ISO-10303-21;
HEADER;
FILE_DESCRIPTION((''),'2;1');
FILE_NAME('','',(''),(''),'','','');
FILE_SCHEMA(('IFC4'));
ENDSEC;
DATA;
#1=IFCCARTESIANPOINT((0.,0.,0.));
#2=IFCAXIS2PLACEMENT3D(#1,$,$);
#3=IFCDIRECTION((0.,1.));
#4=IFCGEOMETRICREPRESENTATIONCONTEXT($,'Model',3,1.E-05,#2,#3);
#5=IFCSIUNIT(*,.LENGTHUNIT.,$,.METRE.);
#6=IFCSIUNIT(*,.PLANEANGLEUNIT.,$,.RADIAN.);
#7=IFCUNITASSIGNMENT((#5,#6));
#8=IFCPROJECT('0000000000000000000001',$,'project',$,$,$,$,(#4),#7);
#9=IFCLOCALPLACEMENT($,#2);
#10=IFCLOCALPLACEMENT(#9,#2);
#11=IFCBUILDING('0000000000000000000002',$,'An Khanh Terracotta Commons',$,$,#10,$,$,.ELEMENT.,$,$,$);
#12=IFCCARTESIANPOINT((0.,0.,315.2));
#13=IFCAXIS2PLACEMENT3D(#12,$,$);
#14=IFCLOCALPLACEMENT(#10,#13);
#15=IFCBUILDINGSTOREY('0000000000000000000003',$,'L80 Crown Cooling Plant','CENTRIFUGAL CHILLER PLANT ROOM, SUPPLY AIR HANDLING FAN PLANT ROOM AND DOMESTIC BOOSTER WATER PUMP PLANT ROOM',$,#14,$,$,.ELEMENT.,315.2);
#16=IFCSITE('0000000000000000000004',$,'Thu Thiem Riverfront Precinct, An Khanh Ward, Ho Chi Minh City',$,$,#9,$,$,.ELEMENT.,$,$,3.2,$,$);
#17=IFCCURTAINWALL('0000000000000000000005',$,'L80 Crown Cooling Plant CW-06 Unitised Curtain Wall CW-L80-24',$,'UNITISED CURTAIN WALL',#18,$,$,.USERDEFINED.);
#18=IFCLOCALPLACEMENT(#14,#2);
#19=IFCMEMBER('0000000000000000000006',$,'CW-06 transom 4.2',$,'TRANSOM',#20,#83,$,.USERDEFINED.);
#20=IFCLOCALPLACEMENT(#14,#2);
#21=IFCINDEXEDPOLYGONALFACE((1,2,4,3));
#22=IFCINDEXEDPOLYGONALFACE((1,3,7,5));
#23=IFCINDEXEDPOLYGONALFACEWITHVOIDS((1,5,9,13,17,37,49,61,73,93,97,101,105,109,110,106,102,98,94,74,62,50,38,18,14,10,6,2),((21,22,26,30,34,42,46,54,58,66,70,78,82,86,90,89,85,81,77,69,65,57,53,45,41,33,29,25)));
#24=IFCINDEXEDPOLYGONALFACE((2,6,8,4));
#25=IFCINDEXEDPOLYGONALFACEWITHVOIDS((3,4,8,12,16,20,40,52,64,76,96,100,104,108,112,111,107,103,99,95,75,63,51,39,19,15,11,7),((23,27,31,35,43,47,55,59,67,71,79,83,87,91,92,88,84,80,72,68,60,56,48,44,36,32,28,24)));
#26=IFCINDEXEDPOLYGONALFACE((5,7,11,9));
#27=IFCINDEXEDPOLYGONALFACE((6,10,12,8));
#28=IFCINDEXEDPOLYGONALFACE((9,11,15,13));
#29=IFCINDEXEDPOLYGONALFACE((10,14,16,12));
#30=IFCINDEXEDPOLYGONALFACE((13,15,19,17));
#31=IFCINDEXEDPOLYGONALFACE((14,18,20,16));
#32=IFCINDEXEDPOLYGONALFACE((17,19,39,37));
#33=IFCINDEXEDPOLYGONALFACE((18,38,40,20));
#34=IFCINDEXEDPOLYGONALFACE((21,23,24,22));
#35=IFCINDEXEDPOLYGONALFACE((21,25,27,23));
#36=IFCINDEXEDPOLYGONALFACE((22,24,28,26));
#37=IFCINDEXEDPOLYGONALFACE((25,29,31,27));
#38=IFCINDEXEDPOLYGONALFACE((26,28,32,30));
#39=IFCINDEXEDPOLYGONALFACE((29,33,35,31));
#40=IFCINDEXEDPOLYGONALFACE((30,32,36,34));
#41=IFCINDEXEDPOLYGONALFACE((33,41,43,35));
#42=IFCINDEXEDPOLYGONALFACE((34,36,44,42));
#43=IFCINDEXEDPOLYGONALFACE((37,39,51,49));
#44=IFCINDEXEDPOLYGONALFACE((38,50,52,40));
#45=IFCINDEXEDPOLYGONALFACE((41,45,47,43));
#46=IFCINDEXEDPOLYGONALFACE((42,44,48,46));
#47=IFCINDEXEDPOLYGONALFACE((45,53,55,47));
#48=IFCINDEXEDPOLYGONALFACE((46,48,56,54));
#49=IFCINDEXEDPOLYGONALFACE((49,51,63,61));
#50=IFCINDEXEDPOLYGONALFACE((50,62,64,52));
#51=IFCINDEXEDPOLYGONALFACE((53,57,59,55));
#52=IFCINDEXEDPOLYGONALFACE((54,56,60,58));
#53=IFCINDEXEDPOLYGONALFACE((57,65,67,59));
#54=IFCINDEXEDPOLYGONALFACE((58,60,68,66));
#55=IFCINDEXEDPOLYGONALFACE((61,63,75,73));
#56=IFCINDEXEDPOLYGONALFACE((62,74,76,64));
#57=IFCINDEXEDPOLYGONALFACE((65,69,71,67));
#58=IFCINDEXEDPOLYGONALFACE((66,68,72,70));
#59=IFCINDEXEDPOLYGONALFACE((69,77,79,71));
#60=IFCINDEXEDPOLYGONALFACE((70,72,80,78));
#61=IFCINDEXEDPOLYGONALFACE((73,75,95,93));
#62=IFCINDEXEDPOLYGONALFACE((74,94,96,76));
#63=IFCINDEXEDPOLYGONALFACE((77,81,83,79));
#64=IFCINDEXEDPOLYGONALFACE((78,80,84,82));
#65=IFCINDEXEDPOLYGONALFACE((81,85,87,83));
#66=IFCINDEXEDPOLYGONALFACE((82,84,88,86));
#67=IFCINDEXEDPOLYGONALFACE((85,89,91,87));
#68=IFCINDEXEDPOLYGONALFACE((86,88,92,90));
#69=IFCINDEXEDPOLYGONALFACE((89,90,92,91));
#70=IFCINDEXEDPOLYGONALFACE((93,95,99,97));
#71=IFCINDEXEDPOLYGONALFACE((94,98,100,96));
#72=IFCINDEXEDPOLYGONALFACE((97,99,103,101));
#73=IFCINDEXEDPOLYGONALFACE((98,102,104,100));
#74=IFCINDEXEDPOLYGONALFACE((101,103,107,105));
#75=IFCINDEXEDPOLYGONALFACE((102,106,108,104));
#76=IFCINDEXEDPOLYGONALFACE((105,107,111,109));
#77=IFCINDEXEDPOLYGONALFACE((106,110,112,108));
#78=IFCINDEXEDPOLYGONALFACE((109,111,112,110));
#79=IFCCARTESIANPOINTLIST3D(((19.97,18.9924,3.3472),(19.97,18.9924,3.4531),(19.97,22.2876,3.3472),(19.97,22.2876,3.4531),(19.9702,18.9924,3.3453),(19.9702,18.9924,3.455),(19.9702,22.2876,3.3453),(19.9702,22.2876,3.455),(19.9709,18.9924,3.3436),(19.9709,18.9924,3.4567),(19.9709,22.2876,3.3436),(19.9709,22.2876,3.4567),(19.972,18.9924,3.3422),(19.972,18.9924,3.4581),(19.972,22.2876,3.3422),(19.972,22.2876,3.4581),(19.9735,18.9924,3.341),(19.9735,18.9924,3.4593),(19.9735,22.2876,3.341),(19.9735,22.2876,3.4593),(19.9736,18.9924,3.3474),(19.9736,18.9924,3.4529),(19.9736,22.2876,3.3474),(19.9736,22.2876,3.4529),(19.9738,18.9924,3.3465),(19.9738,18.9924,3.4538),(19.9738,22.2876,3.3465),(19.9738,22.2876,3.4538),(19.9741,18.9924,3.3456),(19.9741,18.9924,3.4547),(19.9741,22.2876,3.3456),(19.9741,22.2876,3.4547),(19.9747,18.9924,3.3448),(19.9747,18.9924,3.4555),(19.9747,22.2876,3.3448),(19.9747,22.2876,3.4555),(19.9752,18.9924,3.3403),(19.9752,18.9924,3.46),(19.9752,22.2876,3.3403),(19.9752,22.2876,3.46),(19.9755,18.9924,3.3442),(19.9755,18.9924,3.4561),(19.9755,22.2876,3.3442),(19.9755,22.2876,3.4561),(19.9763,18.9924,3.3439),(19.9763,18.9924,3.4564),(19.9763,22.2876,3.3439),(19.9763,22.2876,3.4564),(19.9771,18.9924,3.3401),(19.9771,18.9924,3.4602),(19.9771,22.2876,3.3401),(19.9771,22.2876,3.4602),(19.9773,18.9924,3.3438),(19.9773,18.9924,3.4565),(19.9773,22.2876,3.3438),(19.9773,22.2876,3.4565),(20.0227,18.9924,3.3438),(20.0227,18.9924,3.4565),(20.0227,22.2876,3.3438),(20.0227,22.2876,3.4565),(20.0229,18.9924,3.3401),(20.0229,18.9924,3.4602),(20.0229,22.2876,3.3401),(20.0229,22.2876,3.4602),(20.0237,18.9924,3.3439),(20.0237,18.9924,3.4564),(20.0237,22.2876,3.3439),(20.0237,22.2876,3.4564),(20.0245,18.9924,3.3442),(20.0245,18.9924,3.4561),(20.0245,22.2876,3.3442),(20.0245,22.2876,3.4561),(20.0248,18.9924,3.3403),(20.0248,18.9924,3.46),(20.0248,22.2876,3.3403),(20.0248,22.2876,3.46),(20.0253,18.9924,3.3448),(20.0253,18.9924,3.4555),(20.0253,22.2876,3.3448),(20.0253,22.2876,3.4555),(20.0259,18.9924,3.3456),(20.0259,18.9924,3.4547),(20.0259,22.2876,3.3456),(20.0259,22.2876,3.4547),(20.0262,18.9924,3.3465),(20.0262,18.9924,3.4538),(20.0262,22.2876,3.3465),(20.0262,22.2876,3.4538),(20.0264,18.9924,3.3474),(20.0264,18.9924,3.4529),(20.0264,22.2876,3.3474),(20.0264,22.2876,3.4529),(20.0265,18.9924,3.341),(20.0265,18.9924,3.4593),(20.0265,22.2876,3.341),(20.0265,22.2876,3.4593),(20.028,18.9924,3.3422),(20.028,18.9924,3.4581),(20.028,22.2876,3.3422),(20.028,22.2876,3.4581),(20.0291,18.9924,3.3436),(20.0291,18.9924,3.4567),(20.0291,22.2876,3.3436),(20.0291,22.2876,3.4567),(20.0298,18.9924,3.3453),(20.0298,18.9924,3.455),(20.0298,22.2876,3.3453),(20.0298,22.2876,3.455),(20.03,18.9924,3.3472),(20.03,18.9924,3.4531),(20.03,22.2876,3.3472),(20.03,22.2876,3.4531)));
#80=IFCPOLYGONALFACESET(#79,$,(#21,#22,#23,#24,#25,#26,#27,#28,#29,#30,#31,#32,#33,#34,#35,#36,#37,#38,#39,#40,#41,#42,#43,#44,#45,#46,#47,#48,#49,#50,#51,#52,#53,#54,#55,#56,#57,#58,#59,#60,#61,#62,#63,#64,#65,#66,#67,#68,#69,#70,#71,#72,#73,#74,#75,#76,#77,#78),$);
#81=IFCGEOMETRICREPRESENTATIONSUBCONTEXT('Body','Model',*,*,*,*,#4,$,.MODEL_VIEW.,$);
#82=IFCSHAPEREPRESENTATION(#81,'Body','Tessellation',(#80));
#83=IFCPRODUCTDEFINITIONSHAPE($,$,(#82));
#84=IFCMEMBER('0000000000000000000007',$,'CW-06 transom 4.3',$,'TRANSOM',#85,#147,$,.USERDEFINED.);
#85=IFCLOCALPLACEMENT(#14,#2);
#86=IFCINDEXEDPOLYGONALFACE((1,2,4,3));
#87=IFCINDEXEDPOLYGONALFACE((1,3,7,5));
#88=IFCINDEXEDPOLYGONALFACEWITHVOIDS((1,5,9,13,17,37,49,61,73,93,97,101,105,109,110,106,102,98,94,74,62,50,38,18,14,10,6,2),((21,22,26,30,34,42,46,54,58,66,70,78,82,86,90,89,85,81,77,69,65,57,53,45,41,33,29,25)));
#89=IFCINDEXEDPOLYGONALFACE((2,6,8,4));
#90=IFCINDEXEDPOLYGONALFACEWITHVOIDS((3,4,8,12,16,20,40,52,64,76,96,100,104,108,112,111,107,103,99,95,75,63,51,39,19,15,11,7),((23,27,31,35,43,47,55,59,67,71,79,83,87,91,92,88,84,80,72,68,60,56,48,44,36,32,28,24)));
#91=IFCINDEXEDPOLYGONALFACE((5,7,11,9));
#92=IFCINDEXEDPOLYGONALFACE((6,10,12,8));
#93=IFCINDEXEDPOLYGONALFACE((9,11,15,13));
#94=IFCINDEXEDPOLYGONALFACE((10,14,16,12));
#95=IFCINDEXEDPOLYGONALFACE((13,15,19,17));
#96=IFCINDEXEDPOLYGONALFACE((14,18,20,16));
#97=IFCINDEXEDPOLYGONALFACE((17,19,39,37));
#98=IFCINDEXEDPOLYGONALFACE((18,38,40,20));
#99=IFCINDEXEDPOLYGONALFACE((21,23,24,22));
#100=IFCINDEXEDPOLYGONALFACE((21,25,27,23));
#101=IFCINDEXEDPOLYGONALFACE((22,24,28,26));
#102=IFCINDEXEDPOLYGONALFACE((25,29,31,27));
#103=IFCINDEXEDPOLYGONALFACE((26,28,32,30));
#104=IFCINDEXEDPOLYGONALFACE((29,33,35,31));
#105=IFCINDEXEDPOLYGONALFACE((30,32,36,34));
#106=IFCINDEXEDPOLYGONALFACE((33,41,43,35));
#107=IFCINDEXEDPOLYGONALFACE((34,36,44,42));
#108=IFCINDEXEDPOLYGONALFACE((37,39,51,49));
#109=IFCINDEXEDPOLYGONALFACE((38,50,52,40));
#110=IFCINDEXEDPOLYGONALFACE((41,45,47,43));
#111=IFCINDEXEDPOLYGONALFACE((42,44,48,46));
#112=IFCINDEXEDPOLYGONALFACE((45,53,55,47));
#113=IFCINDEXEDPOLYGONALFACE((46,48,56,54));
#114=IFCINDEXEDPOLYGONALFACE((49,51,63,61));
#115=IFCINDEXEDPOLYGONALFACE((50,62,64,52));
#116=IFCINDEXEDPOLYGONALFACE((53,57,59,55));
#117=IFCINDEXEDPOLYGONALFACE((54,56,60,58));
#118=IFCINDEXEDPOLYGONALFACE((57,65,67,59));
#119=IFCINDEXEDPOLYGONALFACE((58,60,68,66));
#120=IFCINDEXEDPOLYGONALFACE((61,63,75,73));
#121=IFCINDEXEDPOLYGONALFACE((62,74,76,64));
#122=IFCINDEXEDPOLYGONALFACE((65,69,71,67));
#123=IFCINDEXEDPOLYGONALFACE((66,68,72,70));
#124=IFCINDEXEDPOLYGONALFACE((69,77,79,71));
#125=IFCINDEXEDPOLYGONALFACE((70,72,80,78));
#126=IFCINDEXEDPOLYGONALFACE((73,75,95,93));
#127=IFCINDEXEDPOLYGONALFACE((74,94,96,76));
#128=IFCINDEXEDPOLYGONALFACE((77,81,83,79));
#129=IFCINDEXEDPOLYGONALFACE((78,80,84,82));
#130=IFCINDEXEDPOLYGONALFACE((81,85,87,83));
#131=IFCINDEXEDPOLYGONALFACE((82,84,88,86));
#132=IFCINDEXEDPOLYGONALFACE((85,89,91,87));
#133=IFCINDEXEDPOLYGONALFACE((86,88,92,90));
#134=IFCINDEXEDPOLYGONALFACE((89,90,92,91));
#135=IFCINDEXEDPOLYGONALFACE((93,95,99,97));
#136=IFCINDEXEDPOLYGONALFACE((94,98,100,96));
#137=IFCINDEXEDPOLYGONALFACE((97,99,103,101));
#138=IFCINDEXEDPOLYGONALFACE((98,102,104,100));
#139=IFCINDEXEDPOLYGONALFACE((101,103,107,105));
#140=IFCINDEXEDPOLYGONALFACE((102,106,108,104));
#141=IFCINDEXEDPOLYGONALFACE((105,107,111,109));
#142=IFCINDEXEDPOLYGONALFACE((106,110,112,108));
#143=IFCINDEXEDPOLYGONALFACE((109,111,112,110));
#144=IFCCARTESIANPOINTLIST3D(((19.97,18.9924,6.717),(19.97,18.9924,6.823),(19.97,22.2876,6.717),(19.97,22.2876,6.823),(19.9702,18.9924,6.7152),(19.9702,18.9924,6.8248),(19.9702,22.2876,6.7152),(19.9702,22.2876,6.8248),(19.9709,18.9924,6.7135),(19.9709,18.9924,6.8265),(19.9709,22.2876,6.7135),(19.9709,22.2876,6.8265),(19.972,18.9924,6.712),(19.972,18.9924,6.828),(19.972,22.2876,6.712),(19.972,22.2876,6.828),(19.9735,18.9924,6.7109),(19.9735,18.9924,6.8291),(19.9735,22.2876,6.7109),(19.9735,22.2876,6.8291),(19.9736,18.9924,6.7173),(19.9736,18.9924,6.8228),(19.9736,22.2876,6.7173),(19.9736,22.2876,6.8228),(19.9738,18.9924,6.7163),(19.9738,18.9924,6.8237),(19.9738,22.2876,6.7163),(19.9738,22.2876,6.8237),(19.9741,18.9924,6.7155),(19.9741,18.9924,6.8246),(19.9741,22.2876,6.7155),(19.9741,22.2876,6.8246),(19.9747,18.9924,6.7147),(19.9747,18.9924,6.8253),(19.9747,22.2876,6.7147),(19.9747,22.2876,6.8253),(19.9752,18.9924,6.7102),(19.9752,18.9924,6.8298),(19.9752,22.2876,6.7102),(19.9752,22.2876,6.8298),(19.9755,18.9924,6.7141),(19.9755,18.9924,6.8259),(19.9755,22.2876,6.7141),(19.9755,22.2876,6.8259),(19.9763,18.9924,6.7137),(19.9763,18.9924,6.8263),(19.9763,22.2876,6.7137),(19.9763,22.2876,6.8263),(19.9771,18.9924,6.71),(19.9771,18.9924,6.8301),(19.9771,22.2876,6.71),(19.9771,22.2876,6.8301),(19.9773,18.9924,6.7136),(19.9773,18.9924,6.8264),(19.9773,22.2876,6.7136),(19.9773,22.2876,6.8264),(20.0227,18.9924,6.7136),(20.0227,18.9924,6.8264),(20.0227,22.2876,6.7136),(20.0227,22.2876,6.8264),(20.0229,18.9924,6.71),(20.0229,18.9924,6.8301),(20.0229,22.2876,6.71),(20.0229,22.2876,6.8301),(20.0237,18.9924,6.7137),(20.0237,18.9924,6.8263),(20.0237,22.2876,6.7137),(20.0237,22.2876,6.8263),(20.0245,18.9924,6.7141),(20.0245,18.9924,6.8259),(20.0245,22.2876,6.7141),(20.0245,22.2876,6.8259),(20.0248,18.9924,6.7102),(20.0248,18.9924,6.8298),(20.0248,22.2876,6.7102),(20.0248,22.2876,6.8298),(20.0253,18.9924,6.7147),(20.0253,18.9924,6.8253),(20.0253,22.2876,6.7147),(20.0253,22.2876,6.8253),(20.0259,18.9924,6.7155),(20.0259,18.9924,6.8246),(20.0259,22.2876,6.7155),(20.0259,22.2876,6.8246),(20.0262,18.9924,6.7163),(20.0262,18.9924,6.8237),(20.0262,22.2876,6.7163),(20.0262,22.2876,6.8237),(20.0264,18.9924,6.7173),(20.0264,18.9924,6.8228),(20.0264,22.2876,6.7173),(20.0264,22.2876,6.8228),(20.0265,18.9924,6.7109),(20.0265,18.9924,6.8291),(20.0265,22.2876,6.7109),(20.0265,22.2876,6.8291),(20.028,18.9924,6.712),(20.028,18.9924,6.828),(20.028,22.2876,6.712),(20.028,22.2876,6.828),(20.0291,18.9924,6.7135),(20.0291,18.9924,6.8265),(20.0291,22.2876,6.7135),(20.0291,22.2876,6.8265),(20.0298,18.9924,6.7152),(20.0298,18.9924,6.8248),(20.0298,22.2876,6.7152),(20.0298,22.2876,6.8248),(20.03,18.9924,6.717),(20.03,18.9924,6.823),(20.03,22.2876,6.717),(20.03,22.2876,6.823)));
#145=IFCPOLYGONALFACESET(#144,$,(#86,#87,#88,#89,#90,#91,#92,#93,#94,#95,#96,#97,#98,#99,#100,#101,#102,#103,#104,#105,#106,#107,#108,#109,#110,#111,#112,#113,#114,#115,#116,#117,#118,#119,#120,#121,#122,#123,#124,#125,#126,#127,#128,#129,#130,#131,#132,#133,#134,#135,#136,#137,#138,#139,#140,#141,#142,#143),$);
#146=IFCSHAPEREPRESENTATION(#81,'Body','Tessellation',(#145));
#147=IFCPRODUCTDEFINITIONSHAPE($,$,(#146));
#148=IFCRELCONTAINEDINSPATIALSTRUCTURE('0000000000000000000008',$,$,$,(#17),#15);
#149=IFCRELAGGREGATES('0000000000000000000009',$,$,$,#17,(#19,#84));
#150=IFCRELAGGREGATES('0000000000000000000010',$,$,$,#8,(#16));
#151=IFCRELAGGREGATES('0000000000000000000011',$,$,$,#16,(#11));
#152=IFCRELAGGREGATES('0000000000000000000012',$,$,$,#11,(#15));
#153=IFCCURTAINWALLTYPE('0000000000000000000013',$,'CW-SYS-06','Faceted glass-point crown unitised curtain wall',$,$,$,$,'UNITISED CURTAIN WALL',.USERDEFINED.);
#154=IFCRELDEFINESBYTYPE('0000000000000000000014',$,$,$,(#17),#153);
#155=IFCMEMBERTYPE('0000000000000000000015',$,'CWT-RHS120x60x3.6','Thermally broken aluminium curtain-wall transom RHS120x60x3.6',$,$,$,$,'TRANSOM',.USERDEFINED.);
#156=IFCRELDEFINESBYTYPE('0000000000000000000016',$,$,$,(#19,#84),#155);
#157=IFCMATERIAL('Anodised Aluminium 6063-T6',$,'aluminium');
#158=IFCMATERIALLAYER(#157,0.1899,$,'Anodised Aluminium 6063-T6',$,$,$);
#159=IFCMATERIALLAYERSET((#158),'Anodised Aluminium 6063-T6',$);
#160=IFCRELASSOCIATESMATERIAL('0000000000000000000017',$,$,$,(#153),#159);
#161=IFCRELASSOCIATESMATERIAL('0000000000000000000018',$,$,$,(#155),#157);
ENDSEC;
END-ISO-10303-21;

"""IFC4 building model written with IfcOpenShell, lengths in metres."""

from ifc_helpers import new_model, si_unit, direction, frame, origin, origin_2d, place, context, subcontext, project, spatial, hollow_rectangle, extrude, material, layer, layer_set, material_profile, profile_set, type_object, element, aggregate, save


model = new_model("IFC4")

# Units and contexts
model_context = context("Model", 3, precision=1e-05, world=origin(), true_north=direction((0.0, 1.0)))
body_context = subcontext(model_context, "Body", "Model", "MODEL_VIEW")
ifc_project = project(units=[si_unit("LENGTHUNIT", "METRE"), si_unit("PLANEANGLEUNIT", "RADIAN")], contexts=[model_context])

# Site, building, storey
site_placement = place(None, origin())
site = spatial("IfcSite", under=ifc_project, at=site_placement, Name="Thu Thiem Riverfront Precinct, An Khanh Ward, Ho Chi Minh City", CompositionType="ELEMENT", RefElevation=3.2)
building_placement = place(site_placement, origin())
building = spatial("IfcBuilding", under=site, at=building_placement, Name="An Khanh Terracotta Commons", CompositionType="ELEMENT")
storey_placement = place(building_placement, frame((0.0, 0.0, 315.2)))
storey = spatial("IfcBuildingStorey", under=building, at=storey_placement, Name="L80 Crown Cooling Plant", Description="CENTRIFUGAL CHILLER PLANT ROOM, SUPPLY AIR HANDLING FAN PLANT ROOM AND DOMESTIC BOOSTER WATER PUMP PLANT ROOM", CompositionType="ELEMENT", Elevation=315.2)

# Curtain wall, members
ifc_material_1 = material(Name="Anodised Aluminium 6063-T6", Category="aluminium")
ifc_layer_1 = layer(ifc_material_1, 0.1899, Name="Anodised Aluminium 6063-T6")
ifc_layer_set_1 = layer_set([ifc_layer_1], Name="Anodised Aluminium 6063-T6")
curtain_wall_type = type_object("IfcCurtainWallType", Name="CW-SYS-06", Description="Faceted glass-point crown unitised curtain wall", ElementType="UNITISED CURTAIN WALL", PredefinedType="USERDEFINED", material=ifc_layer_set_1)
curtain_wall_placement = place(storey_placement, origin())
curtain_wall = element("IfcCurtainWall", 1, at=curtain_wall_placement, inside=storey, type_object=curtain_wall_type, Name="L80 Crown Cooling Plant CW-06 Unitised Curtain Wall CW-L80-24", ObjectType="UNITISED CURTAIN WALL", PredefinedType="USERDEFINED")
ifc_material_profile_1 = material_profile(ifc_material_1, hollow_rectangle(XDim=0.0601, YDim=0.1201, WallThickness=0.0037, InnerFilletRadius=0.0037, OuterFilletRadius=0.0071, at=origin_2d()), Name="RHS120x60x3.6")
ifc_profile_set_1 = profile_set([ifc_material_profile_1], Name="Anodised Aluminium 6063-T6")
member_type_1 = type_object("IfcMemberType", Name="CWT-RHS120x60x3.6", Description="Thermally broken aluminium curtain-wall transom RHS120x60x3.6", ElementType="TRANSOM", PredefinedType="USERDEFINED", material=ifc_profile_set_1)
member_1_placement = place(storey_placement, frame((20.0, 22.2876, 3.4001), z_axis=(0.0, -1.0, 0.0), x_axis=(1.0, 0.0, 0.0)))
member_1 = element("IfcMember", 2, at=member_1_placement, type_object=member_type_1, Name="CW-06 transom 4.2", ObjectType="TRANSOM", PredefinedType="USERDEFINED", context=body_context, shape_type="SweptSolid", body=[
    extrude(hollow_rectangle(XDim=0.0601, YDim=0.1201, WallThickness=0.0037, InnerFilletRadius=0.0037, OuterFilletRadius=0.0071, at=origin_2d()), origin(), (0.0, 0.0, 1.0), 3.2952),
])
member_2_placement = place(storey_placement, frame((20.0, 22.2876, 6.77), z_axis=(0.0, -1.0, 0.0), x_axis=(1.0, 0.0, 0.0)))
member_2 = element("IfcMember", 3, at=member_2_placement, type_object=member_type_1, Name="CW-06 transom 4.3", ObjectType="TRANSOM", PredefinedType="USERDEFINED", context=body_context, shape_type="SweptSolid", body=[
    extrude(hollow_rectangle(XDim=0.0601, YDim=0.1201, WallThickness=0.0037, InnerFilletRadius=0.0037, OuterFilletRadius=0.0071, at=origin_2d()), origin(), (0.0, 0.0, 1.0), 3.2952),
])
aggregate(curtain_wall, [member_1, member_2])

save(model, "model.ifc")
